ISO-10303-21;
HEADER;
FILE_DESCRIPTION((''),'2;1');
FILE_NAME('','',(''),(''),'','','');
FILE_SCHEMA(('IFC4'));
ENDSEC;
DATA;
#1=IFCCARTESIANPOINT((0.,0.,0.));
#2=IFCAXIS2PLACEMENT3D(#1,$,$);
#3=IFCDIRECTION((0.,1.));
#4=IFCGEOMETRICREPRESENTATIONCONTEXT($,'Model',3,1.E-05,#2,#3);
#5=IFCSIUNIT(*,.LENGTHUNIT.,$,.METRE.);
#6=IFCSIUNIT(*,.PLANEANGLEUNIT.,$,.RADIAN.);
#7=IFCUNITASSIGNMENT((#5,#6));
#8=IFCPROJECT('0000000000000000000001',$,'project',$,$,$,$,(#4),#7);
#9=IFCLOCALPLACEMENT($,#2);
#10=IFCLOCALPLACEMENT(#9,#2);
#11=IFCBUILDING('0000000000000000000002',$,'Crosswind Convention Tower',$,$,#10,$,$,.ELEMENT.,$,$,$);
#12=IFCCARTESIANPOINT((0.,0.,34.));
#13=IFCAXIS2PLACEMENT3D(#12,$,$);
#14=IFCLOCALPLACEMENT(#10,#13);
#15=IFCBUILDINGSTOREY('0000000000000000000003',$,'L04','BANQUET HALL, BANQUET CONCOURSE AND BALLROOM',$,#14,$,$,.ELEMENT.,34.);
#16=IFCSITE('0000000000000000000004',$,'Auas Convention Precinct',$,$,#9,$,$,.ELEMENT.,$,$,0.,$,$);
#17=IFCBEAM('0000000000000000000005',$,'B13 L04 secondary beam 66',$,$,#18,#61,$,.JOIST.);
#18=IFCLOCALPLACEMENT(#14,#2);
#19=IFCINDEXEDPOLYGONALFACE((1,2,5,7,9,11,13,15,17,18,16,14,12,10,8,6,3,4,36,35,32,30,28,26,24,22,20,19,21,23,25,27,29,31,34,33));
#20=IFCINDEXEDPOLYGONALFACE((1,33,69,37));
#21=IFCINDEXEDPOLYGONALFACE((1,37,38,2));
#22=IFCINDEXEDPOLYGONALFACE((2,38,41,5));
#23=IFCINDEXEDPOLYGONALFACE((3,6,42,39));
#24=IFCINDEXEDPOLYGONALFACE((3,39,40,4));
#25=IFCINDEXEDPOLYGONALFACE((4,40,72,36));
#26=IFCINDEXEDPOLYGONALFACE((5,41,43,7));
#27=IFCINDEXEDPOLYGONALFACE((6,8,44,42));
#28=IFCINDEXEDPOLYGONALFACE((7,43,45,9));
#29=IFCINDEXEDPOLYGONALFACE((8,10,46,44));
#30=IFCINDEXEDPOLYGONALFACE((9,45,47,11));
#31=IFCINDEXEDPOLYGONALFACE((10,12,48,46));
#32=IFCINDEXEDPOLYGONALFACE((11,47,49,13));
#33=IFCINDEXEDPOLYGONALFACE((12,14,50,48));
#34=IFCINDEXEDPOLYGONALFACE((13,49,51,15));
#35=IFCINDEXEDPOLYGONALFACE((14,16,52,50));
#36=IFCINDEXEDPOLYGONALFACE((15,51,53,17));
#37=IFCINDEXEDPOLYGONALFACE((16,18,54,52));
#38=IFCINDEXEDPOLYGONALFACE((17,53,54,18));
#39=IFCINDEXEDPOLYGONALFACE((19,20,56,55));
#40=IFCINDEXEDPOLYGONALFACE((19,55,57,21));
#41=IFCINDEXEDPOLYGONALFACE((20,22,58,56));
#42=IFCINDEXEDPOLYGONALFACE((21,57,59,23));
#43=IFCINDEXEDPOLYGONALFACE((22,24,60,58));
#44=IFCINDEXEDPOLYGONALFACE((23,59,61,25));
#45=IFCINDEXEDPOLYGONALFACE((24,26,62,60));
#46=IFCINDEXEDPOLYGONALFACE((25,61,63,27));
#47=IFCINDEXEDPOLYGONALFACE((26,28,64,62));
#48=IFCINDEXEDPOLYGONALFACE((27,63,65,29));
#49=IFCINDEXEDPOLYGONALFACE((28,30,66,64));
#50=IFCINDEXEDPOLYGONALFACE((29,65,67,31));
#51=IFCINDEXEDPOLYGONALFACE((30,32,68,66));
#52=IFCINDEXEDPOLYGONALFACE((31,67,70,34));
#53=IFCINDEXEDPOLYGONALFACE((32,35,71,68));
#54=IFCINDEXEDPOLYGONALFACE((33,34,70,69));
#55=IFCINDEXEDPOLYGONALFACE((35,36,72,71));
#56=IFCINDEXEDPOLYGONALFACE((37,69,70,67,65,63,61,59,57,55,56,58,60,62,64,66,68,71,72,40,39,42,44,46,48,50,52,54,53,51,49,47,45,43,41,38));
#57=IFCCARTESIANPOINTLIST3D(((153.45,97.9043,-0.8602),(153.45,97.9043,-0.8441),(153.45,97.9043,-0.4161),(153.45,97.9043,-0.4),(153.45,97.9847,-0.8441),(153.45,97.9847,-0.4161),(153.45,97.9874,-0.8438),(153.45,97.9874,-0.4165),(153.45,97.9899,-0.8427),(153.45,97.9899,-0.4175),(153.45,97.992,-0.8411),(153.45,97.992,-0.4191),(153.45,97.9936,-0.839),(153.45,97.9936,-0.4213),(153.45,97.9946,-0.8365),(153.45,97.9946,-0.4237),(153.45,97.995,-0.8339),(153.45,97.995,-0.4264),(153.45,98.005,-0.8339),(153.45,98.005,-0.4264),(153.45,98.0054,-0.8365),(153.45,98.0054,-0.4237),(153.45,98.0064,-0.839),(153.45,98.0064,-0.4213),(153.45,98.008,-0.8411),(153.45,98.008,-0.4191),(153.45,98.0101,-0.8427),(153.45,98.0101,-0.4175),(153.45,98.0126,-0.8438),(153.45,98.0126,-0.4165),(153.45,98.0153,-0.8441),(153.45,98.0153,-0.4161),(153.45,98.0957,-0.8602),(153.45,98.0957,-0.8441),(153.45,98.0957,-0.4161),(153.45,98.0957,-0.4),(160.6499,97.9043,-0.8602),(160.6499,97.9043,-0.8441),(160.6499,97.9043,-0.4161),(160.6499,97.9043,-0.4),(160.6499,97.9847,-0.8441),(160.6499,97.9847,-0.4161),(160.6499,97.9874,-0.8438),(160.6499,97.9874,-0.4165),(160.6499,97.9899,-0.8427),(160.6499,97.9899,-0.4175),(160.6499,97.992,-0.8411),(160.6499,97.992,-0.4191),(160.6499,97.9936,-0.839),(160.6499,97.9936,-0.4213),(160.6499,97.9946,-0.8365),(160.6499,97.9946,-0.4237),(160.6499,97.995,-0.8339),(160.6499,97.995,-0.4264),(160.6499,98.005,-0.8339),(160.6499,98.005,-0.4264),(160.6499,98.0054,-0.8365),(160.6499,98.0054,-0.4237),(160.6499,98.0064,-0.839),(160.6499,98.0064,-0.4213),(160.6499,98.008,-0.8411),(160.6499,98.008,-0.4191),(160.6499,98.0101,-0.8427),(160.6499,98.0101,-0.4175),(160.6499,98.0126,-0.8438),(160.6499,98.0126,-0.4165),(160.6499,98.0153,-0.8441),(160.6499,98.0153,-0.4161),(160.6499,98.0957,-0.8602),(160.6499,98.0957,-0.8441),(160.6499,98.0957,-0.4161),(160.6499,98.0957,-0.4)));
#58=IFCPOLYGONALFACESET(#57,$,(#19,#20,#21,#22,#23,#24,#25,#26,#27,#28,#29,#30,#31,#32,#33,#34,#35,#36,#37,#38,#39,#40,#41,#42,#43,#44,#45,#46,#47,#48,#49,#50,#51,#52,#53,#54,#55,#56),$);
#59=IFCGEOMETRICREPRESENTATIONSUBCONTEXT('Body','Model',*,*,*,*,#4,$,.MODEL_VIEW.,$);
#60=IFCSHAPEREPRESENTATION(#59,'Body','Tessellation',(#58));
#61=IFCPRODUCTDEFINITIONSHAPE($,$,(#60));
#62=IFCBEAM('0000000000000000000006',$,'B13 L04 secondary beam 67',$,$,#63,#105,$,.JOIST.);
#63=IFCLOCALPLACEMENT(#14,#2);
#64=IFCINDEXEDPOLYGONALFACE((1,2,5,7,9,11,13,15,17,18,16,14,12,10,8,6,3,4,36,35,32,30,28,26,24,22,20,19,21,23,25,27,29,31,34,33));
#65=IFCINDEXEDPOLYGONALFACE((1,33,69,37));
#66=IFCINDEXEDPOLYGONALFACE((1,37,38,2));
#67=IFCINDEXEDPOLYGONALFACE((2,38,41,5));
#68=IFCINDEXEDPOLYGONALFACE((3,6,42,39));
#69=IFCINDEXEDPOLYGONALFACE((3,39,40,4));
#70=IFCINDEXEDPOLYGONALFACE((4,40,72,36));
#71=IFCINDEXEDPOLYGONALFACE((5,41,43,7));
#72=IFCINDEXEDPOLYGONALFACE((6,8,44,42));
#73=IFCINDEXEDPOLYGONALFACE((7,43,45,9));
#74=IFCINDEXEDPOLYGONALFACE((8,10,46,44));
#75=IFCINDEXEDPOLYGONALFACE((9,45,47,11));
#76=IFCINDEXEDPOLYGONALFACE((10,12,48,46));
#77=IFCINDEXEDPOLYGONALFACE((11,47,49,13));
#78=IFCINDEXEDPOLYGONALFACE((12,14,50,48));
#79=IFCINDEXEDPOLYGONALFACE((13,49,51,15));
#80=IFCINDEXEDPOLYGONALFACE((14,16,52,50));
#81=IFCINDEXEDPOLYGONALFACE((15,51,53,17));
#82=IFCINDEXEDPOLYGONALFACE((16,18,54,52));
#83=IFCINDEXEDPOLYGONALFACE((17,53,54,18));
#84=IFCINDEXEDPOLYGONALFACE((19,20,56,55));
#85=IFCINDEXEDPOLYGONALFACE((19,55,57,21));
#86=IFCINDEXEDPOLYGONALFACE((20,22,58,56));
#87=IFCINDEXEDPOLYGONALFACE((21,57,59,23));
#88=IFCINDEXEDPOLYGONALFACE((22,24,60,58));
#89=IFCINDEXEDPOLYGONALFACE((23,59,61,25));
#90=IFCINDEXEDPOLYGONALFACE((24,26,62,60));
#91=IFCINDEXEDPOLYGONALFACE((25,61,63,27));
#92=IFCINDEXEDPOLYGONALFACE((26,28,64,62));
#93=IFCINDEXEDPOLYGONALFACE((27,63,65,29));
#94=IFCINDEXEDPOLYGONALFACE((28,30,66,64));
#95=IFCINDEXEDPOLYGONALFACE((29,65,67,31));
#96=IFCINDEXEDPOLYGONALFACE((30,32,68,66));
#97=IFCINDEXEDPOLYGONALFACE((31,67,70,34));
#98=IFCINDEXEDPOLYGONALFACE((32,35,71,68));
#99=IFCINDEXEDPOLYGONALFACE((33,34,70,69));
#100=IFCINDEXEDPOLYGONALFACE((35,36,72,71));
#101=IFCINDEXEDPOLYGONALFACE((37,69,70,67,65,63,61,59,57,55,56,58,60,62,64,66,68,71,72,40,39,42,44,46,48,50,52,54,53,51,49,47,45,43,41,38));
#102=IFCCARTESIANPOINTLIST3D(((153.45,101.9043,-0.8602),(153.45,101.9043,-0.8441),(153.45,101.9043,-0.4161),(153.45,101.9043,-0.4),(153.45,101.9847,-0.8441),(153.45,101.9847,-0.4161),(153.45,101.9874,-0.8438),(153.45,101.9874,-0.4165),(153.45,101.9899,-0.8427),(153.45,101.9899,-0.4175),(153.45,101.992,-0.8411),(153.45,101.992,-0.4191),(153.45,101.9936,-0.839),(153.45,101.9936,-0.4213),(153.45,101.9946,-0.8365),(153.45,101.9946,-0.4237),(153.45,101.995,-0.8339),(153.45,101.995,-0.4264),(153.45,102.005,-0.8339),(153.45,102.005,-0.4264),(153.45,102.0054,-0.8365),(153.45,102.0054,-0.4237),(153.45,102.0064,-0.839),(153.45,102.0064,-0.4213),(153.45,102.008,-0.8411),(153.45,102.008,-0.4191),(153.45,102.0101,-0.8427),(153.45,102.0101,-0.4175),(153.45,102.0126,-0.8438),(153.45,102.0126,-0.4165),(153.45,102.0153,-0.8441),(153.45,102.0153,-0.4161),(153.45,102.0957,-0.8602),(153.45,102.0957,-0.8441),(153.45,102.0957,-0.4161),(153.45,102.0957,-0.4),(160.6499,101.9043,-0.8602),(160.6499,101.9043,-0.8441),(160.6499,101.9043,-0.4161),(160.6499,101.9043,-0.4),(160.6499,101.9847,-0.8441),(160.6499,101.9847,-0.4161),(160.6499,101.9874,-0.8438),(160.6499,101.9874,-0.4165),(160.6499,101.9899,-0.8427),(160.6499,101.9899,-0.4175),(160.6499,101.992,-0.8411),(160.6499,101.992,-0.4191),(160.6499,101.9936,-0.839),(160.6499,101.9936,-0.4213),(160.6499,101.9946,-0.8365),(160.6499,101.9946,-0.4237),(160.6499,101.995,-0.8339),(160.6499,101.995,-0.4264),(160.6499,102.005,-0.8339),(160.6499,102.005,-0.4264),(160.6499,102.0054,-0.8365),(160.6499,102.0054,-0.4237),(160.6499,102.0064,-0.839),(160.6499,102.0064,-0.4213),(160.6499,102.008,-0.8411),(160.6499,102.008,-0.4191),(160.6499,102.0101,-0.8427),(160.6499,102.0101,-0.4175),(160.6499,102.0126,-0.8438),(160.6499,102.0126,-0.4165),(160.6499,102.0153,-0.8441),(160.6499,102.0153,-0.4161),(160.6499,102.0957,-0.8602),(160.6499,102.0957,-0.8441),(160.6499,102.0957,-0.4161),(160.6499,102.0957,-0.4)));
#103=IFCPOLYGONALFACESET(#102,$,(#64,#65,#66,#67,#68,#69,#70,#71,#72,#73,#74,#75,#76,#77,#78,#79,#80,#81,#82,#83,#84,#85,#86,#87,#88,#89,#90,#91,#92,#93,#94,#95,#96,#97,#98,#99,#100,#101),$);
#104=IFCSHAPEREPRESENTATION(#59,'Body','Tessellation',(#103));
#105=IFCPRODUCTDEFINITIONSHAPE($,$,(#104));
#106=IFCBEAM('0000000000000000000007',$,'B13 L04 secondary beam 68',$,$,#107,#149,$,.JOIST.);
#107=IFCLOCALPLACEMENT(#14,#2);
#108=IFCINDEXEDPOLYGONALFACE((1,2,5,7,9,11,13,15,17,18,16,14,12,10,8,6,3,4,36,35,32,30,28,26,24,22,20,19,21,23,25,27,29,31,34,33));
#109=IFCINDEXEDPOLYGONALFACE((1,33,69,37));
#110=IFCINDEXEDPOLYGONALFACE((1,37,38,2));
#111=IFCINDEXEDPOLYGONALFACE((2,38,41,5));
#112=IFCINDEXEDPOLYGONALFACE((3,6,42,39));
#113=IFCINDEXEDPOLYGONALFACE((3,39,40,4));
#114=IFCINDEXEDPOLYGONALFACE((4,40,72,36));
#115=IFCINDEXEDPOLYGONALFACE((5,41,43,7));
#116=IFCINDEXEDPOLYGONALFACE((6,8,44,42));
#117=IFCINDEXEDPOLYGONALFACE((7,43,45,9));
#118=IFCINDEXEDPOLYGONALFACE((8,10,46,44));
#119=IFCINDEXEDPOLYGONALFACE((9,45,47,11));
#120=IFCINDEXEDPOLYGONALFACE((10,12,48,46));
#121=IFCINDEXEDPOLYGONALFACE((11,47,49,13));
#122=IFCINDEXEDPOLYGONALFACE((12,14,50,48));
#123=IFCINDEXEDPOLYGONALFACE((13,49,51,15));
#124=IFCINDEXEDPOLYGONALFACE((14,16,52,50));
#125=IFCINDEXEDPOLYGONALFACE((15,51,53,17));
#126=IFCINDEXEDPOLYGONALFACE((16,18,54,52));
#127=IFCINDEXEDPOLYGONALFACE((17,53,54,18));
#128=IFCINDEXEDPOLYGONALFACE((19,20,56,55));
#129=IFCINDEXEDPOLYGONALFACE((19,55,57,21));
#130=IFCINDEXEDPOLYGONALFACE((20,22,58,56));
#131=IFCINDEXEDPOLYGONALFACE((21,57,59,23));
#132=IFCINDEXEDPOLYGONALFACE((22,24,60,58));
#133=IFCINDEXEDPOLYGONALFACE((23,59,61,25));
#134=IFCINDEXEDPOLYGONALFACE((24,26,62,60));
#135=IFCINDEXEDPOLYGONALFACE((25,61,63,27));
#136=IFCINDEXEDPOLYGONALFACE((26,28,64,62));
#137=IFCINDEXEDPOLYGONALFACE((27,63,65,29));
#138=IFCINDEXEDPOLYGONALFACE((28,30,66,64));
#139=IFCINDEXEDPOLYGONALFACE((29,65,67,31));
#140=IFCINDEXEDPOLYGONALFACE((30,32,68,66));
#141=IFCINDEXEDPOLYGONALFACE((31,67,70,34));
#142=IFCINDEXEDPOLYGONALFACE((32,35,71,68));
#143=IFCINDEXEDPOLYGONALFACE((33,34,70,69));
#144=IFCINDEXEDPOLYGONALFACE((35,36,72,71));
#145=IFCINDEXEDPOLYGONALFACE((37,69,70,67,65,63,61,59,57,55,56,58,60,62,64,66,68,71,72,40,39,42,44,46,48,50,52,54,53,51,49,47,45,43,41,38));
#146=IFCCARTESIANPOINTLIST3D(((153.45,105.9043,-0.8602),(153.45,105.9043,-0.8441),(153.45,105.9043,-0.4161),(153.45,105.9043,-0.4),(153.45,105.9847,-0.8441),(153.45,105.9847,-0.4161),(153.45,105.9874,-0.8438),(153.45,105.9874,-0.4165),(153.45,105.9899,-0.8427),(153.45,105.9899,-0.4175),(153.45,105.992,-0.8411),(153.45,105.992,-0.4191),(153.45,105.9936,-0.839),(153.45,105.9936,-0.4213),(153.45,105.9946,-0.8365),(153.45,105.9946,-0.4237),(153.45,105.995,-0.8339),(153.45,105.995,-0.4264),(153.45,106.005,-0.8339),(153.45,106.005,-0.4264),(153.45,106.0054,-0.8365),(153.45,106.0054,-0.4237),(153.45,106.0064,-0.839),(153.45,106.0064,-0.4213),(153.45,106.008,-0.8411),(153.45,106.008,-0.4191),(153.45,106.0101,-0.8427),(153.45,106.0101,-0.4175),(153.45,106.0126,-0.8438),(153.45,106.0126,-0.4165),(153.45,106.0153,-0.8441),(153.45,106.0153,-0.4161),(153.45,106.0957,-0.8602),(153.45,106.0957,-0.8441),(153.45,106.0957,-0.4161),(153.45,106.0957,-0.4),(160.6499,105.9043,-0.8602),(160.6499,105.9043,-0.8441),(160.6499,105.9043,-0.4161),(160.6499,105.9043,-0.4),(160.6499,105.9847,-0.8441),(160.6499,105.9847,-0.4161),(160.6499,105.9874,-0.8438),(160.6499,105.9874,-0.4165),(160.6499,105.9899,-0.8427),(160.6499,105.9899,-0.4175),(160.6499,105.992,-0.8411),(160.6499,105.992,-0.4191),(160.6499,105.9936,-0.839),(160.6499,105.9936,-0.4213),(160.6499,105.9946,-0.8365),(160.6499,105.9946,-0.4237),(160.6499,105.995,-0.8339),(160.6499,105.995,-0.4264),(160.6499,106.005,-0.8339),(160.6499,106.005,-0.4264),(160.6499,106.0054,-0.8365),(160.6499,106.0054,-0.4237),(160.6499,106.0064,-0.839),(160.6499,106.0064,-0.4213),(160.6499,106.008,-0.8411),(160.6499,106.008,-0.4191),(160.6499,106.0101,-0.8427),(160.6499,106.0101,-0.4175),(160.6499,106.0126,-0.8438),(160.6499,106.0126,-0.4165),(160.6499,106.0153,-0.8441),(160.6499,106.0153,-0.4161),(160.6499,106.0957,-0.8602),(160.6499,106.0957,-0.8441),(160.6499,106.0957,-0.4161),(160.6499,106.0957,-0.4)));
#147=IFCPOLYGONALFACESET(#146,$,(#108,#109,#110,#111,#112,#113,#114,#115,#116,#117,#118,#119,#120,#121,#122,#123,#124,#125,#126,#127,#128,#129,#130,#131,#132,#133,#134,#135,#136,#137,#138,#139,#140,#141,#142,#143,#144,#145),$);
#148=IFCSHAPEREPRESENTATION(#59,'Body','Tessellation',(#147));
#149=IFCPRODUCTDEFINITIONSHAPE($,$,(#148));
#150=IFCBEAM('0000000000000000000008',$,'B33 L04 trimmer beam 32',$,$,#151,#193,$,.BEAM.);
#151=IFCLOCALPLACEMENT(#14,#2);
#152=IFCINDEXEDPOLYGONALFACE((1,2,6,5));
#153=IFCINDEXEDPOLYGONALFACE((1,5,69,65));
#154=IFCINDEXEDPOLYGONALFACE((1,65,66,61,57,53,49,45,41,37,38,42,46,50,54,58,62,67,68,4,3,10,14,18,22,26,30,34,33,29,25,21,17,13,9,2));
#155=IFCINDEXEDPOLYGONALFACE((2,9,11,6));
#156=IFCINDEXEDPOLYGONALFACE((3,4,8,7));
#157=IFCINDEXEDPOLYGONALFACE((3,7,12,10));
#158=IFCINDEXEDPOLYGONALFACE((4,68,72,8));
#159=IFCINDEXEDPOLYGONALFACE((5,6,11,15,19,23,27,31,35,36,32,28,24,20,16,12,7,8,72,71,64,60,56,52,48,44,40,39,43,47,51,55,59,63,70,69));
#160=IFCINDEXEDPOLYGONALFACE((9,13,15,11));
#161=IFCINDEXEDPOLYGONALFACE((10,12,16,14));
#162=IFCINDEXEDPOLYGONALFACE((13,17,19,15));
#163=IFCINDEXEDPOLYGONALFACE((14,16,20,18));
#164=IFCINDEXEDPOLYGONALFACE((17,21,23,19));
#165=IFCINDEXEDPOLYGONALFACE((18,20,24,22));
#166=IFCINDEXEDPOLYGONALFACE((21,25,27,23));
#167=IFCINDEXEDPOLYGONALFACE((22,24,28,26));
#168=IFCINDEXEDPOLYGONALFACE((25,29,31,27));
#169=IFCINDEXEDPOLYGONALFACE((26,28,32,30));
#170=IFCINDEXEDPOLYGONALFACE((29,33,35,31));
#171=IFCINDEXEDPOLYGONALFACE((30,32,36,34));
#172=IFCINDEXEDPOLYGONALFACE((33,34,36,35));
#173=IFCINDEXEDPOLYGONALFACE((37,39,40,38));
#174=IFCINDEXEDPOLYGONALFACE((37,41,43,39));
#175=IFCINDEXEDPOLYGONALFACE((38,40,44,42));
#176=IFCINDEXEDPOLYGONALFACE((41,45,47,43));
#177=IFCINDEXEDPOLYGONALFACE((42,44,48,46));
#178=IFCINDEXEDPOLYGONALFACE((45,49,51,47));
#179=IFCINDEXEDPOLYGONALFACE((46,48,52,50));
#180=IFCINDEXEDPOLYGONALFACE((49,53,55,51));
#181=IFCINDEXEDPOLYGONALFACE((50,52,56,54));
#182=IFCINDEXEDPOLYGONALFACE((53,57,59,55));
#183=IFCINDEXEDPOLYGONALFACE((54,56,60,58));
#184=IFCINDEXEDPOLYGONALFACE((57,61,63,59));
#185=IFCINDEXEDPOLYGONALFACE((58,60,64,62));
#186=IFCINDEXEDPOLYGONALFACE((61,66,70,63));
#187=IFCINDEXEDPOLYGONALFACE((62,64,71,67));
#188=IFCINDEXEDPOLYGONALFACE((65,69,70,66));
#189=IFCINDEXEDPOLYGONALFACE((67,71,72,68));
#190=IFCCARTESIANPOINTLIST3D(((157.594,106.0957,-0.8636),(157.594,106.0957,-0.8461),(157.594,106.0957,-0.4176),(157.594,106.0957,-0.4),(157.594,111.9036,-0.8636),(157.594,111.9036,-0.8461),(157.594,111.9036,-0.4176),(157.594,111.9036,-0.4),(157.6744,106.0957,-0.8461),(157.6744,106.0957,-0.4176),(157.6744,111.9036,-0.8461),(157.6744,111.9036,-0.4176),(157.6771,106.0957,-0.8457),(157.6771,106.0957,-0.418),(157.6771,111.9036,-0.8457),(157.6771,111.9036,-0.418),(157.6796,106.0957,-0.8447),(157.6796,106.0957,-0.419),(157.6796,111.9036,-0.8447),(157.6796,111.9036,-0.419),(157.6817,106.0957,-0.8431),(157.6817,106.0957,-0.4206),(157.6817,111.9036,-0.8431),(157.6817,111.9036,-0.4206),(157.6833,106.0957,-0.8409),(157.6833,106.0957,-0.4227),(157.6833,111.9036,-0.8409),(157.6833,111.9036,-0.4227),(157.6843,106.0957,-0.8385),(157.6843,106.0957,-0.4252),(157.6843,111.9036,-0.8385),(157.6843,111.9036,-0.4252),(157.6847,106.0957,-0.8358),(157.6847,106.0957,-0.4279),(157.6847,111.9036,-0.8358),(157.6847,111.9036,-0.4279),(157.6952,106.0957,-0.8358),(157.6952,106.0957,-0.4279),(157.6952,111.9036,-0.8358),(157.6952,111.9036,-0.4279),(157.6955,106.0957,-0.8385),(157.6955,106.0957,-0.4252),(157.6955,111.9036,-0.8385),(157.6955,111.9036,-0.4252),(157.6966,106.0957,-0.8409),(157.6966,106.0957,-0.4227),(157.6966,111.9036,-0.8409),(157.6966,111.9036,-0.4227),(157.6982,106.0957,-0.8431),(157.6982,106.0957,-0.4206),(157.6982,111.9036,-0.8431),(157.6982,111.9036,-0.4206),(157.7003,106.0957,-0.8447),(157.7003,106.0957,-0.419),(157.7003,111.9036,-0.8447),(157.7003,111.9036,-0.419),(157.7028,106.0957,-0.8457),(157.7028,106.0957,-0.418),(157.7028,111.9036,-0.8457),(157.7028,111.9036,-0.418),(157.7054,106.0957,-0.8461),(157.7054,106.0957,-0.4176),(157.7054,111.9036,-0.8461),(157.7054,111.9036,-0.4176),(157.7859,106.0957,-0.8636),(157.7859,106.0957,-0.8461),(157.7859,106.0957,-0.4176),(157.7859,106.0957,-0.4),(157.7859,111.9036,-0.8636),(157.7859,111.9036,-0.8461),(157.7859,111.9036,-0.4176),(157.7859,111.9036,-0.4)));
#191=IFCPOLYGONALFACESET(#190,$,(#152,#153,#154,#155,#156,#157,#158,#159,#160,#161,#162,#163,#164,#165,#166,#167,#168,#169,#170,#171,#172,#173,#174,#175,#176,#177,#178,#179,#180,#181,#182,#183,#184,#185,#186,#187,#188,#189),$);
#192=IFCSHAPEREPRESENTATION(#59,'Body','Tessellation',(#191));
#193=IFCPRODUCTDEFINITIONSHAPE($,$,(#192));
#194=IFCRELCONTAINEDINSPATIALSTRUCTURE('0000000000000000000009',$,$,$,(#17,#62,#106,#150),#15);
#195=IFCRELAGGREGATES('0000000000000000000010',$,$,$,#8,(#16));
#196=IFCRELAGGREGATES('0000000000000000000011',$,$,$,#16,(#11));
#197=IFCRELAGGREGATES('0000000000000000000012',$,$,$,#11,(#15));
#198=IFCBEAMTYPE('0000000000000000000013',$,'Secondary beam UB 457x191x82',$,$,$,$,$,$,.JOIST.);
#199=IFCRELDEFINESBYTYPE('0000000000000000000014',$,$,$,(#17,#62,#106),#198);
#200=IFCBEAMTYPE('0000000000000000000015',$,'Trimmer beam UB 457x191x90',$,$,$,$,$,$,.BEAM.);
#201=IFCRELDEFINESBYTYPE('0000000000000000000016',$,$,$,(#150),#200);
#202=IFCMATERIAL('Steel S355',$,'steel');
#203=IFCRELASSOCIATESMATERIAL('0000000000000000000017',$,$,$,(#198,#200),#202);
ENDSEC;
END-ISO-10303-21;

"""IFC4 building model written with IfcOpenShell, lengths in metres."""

from ifc_helpers import new_model, si_unit, direction, frame, origin, origin_2d, place, context, subcontext, project, spatial, i_section, extrude, material, material_profile, profile_set, type_object, element, save


model = new_model("IFC4")

# Units and contexts
model_context = context("Model", 3, precision=1e-05, world=origin(), true_north=direction((0.0, 1.0)))
body_context = subcontext(model_context, "Body", "Model", "MODEL_VIEW")
ifc_project = project(units=[si_unit("LENGTHUNIT", "METRE"), si_unit("PLANEANGLEUNIT", "RADIAN")], contexts=[model_context])

# Site, building, storey
site_placement = place(None, origin())
site = spatial("IfcSite", under=ifc_project, at=site_placement, Name="Auas Convention Precinct", CompositionType="ELEMENT", RefElevation=0.0)
building_placement = place(site_placement, origin())
building = spatial("IfcBuilding", under=site, at=building_placement, Name="Crosswind Convention Tower", CompositionType="ELEMENT")
storey_placement = place(building_placement, frame((0.0, 0.0, 34.0)))
storey = spatial("IfcBuildingStorey", under=building, at=storey_placement, Name="L04", Description="BANQUET HALL, BANQUET CONCOURSE AND BALLROOM", CompositionType="ELEMENT", Elevation=34.0)

# Beams
ifc_material_1 = material(Name="Steel S355", Category="steel")
ifc_material_profile_1 = material_profile(ifc_material_1, i_section(OverallWidth=0.1914, OverallDepth=0.4602, WebThickness=0.01, FlangeThickness=0.0161, FilletRadius=0.0103, at=origin_2d()), Name="UB 457x191x82")
ifc_profile_set_1 = profile_set([ifc_material_profile_1], Name="Steel S355")
beam_type_1 = type_object("IfcBeamType", Name="Secondary beam UB 457x191x82", PredefinedType="JOIST", material=ifc_profile_set_1)
for number, where, z_axis, x_axis, name in (
    (1, (153.45, 98.0, -0.6301), (1.0, 0.0, 0.0), (0.0, 1.0, 0.0), "B13 L04 secondary beam 66"),
    (2, (153.45, 102.0, -0.6301), (1.0, 0.0, 0.0), (0.0, 1.0, 0.0), "B13 L04 secondary beam 67"),
    (3, (153.45, 106.0, -0.6301), (1.0, 0.0, 0.0), (0.0, 1.0, 0.0), "B13 L04 secondary beam 68"),
):
    element("IfcBeam", number, at=place(storey_placement, frame(where, z_axis=z_axis, x_axis=x_axis)), inside=storey, type_object=beam_type_1, Name=name, PredefinedType="JOIST", context=body_context, shape_type="SweptSolid", body=[
        extrude(i_section(OverallWidth=0.1914, OverallDepth=0.4602, WebThickness=0.01, FlangeThickness=0.0161, FilletRadius=0.0103, at=origin_2d()), origin(), (0.0, 0.0, 1.0), 7.2),
    ])
ifc_material_profile_2 = material_profile(ifc_material_1, i_section(OverallWidth=0.1919, OverallDepth=0.4636, WebThickness=0.0105, FlangeThickness=0.0176, FilletRadius=0.0103, at=origin_2d()), Name="UB 457x191x90")
ifc_profile_set_2 = profile_set([ifc_material_profile_2], Name="Steel S355")
beam_type_2 = type_object("IfcBeamType", Name="Trimmer beam UB 457x191x90", PredefinedType="BEAM", material=ifc_profile_set_2)
beam_1_placement = place(storey_placement, frame((157.6899, 106.0957, -0.6318), z_axis=(0.0, 1.0, 0.0), x_axis=(-1.0, 0.0, 0.0)))
element("IfcBeam", 4, at=beam_1_placement, inside=storey, type_object=beam_type_2, Name="B33 L04 trimmer beam 32", PredefinedType="BEAM", context=body_context, shape_type="SweptSolid", body=[
    extrude(i_section(OverallWidth=0.1919, OverallDepth=0.4636, WebThickness=0.0105, FlangeThickness=0.0176, FilletRadius=0.0103, at=origin_2d()), origin(), (0.0, 0.0, 1.0), 5.8079),
])

save(model, "model.ifc")
